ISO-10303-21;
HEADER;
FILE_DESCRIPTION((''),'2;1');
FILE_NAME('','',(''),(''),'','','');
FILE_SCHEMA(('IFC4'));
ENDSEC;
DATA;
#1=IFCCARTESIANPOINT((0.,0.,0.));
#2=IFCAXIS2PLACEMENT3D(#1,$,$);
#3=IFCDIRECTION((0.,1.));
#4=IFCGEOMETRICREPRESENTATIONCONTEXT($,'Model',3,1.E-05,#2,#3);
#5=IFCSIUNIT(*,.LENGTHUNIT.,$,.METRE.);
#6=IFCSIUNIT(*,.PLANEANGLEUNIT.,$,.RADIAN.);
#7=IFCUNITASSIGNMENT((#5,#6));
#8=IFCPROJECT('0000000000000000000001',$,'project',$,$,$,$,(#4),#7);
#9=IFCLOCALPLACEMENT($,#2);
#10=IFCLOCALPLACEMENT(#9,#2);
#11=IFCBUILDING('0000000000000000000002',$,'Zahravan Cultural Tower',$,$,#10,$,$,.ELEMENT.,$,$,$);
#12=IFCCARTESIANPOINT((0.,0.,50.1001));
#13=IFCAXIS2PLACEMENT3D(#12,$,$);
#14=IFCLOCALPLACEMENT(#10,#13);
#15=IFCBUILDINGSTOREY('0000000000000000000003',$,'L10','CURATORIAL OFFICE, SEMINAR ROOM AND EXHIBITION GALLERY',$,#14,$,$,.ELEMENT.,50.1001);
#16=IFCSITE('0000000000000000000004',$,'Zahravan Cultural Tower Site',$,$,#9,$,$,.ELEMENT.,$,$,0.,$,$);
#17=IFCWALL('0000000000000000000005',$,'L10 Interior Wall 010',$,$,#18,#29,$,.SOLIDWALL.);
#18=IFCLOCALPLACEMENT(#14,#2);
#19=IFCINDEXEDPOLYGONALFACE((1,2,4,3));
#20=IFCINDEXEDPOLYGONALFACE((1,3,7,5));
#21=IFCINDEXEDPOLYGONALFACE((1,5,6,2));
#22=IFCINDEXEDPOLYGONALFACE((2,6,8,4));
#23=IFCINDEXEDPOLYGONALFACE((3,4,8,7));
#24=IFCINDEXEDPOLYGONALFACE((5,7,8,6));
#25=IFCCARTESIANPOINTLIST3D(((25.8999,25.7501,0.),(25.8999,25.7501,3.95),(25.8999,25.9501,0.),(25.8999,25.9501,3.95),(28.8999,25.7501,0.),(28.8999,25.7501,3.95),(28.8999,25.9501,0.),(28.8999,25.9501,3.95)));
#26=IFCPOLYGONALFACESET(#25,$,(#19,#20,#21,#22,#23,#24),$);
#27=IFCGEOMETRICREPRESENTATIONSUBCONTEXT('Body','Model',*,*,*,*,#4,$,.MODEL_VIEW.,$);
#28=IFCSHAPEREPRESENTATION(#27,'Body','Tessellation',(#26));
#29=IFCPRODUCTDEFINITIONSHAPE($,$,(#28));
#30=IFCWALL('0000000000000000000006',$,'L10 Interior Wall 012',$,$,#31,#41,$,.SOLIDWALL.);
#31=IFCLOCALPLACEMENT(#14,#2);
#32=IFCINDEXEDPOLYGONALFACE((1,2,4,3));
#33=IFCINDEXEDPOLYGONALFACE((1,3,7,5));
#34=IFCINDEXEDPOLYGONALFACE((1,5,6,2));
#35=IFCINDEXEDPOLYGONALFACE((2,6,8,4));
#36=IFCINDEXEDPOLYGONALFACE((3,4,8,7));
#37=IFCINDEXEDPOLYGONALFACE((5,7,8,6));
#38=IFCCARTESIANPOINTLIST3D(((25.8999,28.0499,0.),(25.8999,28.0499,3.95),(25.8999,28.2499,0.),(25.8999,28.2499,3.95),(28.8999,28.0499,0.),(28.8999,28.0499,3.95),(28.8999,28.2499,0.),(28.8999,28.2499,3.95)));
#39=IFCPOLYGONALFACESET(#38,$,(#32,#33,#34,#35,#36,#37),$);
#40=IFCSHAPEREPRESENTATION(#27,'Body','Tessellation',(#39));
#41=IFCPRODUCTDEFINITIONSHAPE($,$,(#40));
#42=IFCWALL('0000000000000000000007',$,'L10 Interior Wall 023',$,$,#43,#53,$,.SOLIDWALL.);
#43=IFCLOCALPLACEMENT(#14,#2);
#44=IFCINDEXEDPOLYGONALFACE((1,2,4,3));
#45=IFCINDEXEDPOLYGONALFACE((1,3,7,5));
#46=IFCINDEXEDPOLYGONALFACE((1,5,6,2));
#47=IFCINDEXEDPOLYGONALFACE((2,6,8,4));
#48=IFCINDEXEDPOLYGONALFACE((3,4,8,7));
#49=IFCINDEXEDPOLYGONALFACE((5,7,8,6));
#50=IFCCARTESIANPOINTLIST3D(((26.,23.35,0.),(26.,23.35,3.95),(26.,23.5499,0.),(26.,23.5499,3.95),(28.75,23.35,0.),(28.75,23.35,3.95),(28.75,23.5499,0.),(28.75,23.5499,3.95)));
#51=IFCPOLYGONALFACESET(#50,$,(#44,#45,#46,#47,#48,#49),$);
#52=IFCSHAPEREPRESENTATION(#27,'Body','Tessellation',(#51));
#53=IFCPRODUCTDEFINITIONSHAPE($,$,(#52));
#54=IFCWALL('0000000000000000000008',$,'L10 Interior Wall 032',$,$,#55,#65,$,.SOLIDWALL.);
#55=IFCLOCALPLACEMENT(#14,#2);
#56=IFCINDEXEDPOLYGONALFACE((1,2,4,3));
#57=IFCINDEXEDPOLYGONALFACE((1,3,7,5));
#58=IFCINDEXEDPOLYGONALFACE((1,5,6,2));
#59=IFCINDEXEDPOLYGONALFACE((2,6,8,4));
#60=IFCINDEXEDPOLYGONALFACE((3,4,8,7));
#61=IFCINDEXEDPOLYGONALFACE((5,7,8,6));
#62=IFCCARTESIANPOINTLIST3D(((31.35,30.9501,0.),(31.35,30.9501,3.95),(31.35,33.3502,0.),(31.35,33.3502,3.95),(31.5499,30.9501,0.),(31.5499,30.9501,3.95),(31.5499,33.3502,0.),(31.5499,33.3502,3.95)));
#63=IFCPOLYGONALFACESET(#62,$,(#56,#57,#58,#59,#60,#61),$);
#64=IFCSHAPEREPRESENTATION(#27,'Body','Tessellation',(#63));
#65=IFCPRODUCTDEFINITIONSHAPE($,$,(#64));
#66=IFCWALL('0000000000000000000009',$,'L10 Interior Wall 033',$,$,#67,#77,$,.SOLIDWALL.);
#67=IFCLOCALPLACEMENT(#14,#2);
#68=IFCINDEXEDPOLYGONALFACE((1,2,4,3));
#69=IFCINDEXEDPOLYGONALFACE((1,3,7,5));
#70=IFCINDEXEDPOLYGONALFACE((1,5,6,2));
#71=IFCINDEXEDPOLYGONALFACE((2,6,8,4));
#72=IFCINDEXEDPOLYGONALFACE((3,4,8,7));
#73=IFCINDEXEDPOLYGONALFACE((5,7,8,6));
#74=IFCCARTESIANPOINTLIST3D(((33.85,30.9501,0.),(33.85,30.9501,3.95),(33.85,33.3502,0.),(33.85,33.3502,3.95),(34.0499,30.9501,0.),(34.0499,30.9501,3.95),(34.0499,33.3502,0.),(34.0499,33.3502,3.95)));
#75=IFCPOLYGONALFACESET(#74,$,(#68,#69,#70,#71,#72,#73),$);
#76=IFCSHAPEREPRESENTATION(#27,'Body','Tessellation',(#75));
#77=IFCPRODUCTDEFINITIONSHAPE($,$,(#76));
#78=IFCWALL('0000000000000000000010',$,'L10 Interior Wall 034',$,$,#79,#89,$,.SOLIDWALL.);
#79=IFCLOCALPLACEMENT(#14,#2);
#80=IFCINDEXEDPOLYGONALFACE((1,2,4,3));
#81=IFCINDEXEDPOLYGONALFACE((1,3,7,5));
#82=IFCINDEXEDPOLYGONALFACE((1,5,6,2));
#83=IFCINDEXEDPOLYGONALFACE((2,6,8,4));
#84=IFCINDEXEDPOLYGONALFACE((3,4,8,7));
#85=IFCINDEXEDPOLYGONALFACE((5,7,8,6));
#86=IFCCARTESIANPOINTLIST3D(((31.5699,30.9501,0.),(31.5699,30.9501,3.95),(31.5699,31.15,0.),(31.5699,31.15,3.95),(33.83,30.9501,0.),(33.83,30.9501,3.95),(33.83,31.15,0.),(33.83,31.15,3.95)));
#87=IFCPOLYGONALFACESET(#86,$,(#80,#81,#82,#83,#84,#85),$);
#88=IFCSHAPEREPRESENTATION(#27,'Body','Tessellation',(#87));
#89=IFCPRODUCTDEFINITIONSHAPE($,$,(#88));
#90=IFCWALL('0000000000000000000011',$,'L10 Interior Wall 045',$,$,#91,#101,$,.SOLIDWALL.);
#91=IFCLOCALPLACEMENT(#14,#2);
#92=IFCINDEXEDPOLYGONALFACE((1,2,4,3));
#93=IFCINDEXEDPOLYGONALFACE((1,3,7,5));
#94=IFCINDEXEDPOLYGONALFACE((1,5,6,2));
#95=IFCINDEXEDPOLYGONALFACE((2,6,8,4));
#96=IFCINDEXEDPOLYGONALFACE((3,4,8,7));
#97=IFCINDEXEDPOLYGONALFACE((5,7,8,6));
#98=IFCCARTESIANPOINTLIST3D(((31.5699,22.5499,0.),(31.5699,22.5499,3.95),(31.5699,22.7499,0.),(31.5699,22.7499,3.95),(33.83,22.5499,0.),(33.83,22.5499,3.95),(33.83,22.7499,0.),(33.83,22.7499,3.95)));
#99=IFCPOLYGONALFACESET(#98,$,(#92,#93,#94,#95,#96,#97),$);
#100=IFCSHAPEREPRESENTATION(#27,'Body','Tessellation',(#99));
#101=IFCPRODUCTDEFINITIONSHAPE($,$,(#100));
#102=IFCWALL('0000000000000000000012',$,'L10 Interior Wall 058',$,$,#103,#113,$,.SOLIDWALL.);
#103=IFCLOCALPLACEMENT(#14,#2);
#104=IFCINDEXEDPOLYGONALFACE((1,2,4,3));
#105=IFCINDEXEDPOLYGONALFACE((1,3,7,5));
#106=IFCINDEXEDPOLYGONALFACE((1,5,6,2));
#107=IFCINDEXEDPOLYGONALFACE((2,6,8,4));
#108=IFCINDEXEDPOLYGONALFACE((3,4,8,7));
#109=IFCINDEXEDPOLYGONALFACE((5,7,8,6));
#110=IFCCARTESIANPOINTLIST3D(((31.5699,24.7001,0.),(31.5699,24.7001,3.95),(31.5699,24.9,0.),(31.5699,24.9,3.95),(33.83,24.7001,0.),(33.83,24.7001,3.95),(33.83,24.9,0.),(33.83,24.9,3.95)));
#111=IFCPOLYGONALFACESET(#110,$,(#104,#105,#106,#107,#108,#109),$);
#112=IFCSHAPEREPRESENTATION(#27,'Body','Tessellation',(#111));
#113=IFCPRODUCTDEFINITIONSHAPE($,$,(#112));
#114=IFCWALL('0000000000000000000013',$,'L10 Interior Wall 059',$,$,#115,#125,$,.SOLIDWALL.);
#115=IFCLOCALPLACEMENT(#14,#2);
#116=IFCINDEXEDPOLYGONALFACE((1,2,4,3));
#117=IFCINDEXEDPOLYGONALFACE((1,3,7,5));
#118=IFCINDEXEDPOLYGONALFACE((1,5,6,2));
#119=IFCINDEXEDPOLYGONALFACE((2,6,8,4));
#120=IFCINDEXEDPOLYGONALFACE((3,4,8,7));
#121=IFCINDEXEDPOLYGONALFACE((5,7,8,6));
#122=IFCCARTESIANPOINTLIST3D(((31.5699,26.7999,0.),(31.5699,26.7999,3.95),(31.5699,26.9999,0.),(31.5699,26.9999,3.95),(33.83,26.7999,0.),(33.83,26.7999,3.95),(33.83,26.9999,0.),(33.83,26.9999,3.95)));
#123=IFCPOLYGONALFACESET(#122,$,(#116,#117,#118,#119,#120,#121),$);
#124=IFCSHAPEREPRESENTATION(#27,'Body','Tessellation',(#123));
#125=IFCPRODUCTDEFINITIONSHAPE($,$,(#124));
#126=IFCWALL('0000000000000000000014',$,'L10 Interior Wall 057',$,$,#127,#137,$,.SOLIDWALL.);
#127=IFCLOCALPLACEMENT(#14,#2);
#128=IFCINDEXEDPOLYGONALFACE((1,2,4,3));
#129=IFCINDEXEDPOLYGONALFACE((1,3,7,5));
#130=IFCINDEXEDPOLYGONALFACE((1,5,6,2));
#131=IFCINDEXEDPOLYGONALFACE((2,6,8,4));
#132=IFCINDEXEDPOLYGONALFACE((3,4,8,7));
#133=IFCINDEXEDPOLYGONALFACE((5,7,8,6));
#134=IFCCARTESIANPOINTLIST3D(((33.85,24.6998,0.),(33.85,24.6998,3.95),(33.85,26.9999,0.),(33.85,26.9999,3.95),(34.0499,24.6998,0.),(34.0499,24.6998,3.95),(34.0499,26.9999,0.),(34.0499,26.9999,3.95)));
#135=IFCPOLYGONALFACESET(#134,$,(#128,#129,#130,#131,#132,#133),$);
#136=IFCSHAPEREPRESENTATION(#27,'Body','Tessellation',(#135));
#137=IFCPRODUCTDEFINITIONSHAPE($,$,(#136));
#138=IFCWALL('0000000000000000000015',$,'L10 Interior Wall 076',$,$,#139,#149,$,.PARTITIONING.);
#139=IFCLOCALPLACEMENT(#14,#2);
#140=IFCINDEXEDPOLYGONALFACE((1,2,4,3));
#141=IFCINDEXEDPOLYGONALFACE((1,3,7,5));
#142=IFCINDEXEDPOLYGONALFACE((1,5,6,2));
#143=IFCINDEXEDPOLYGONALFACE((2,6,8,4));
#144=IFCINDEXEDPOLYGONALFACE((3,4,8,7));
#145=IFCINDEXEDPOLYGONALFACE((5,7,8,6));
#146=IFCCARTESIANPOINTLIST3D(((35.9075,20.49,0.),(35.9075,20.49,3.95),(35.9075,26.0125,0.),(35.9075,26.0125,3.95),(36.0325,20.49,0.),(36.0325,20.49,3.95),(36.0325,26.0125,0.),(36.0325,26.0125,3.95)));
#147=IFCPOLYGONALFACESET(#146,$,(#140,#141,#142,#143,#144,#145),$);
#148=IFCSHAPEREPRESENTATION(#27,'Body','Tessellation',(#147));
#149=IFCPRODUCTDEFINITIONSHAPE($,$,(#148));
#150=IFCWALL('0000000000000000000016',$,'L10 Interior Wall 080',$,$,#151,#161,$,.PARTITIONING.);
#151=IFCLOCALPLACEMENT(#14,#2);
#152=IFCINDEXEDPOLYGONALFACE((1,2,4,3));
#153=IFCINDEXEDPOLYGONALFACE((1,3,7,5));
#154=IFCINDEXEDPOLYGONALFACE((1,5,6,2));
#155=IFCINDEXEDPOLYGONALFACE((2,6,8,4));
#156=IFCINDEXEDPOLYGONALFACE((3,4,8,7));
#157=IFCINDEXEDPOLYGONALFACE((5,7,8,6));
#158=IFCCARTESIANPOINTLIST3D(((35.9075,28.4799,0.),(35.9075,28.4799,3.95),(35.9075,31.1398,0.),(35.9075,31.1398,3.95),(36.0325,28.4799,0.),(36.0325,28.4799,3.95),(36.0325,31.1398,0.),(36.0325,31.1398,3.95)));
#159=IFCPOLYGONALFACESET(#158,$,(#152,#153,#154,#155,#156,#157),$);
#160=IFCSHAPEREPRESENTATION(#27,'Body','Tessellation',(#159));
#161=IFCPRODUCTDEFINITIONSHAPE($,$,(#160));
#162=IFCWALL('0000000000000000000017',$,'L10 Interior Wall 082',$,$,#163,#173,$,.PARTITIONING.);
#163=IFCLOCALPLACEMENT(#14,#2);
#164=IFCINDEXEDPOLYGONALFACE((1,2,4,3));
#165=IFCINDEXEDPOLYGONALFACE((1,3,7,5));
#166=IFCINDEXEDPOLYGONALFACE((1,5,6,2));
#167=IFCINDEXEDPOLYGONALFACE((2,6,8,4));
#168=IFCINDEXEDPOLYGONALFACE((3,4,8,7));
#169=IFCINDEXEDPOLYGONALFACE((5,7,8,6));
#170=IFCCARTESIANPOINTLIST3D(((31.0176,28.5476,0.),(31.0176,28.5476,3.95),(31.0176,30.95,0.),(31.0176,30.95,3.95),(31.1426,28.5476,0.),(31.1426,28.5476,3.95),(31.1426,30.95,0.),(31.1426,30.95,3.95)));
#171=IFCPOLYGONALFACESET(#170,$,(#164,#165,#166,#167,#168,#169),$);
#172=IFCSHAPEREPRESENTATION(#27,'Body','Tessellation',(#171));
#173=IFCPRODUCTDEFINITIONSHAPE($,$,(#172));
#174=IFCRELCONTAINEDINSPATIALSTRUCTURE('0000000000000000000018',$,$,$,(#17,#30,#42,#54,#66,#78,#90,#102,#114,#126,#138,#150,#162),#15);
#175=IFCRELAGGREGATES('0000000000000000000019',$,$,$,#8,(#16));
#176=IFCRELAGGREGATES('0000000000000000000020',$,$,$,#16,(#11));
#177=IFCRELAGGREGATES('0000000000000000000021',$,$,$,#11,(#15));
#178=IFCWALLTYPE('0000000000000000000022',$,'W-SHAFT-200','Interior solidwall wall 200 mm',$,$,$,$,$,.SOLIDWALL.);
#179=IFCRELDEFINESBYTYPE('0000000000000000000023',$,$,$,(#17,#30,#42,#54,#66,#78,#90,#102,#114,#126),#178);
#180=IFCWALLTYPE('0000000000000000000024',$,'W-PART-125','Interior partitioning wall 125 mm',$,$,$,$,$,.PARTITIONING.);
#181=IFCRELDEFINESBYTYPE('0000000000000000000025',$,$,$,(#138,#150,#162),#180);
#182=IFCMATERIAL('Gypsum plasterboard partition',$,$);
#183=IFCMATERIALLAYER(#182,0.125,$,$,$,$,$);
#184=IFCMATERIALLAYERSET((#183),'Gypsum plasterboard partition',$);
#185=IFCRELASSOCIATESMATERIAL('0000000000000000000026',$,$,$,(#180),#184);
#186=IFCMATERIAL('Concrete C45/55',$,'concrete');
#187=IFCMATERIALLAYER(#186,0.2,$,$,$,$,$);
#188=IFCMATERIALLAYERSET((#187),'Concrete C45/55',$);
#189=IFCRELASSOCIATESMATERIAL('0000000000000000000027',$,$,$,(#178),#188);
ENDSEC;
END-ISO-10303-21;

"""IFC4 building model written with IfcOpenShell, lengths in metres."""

from ifc_helpers import new_model, si_unit, direction, frame, frame_2d, origin, place, context, subcontext, project, spatial, rectangle, extrude, source, transform, mapped, material, layer, layer_set, type_object, element, save


model = new_model("IFC4")

# Units and contexts
model_context = context("Model", 3, precision=1e-05, world=origin(), true_north=direction((0.0, 1.0)))
body_context = subcontext(model_context, "Body", "Model", "MODEL_VIEW")
ifc_project = project(units=[si_unit("LENGTHUNIT", "METRE"), si_unit("PLANEANGLEUNIT", "RADIAN")], contexts=[model_context])

# Site, building, storey
site_placement = place(None, origin())
site = spatial("IfcSite", under=ifc_project, at=site_placement, Name="Zahravan Cultural Tower Site", CompositionType="ELEMENT", RefElevation=0.0)
building_placement = place(site_placement, origin())
building = spatial("IfcBuilding", under=site, at=building_placement, Name="Zahravan Cultural Tower", CompositionType="ELEMENT")
storey_placement = place(building_placement, frame((0.0, 0.0, 50.1001)))
storey = spatial("IfcBuildingStorey", under=building, at=storey_placement, Name="L10", Description="CURATORIAL OFFICE, SEMINAR ROOM AND EXHIBITION GALLERY", CompositionType="ELEMENT", Elevation=50.1001)

# Shared definitions
ifc_material_1 = material(Name="Gypsum plasterboard partition")
ifc_layer_1 = layer(ifc_material_1, 0.125)
ifc_layer_set_1 = layer_set([ifc_layer_1], Name="Gypsum plasterboard partition")
wall_type_1 = type_object("IfcWallType", Name="W-PART-125", Description="Interior partitioning wall 125 mm", PredefinedType="PARTITIONING", material=ifc_layer_set_1)
ifc_material_2 = material(Name="Concrete C45/55", Category="concrete")
ifc_layer_2 = layer(ifc_material_2, 0.2)
ifc_layer_set_2 = layer_set([ifc_layer_2], Name="Concrete C45/55")
wall_type_2 = type_object("IfcWallType", Name="W-SHAFT-200", Description="Interior solidwall wall 200 mm", PredefinedType="SOLIDWALL", material=ifc_layer_set_2)

# Walls
shared_shape_1 = source(origin(), body_context, "Body", "SweptSolid", [
    extrude(rectangle(XDim=3.0, YDim=0.2, at=frame_2d((1.5, 0.0))), origin(), (0.0, 0.0, 1.0), 3.95),
])
for number, where, z_axis, x_axis, name in (
    (1, (25.8999, 25.8501, 0.0), (0.0, 0.0, 1.0), (1.0, 0.0, 0.0), "L10 Interior Wall 010"),
    (2, (25.8999, 28.1499, 0.0), (0.0, 0.0, 1.0), (1.0, 0.0, 0.0), "L10 Interior Wall 012"),
):
    element("IfcWall", number, at=place(storey_placement, frame(where, z_axis=z_axis, x_axis=x_axis)), inside=storey, type_object=wall_type_2, Name=name, PredefinedType="SOLIDWALL", context=body_context, shape_type="MappedRepresentation", body=[
        mapped(shared_shape_1, transform((0.0, 0.0, 0.0), x_axis=(1.0, 0.0, 0.0), y_axis=(0.0, 1.0, 0.0), z_axis=(0.0, 0.0, 1.0), scale=1.0)),
    ])
shared_shape_2 = source(origin(), body_context, "Body", "SweptSolid", [
    extrude(rectangle(XDim=2.75, YDim=0.2, at=frame_2d((1.375, 0.0))), origin(), (0.0, 0.0, 1.0), 3.95),
])
wall_1_placement = place(storey_placement, frame((26.0, 23.45, 0.0), z_axis=(0.0, 0.0, 1.0), x_axis=(1.0, 0.0, 0.0)))
element("IfcWall", 3, at=wall_1_placement, inside=storey, type_object=wall_type_2, Name="L10 Interior Wall 023", PredefinedType="SOLIDWALL", context=body_context, shape_type="MappedRepresentation", body=[
    mapped(shared_shape_2, transform((0.0, 0.0, 0.0), x_axis=(1.0, 0.0, 0.0), y_axis=(0.0, 1.0, 0.0), z_axis=(0.0, 0.0, 1.0), scale=1.0)),
])
shared_shape_3 = source(origin(), body_context, "Body", "SweptSolid", [
    extrude(rectangle(XDim=2.4001, YDim=0.2, at=frame_2d((1.2002, 0.0))), origin(), (0.0, 0.0, 1.0), 3.95),
])
for number, where, z_axis, x_axis, name in (
    (4, (31.45, 30.95, 0.0), (0.0, 0.0, 1.0), (0.0, 1.0, 0.0), "L10 Interior Wall 032"),
    (5, (33.95, 30.95, 0.0), (0.0, 0.0, 1.0), (0.0, 1.0, 0.0), "L10 Interior Wall 033"),
):
    element("IfcWall", number, at=place(storey_placement, frame(where, z_axis=z_axis, x_axis=x_axis)), inside=storey, type_object=wall_type_2, Name=name, PredefinedType="SOLIDWALL", context=body_context, shape_type="MappedRepresentation", body=[
        mapped(shared_shape_3, transform((0.0, 0.0, 0.0), x_axis=(1.0, 0.0, 0.0), y_axis=(0.0, 1.0, 0.0), z_axis=(0.0, 0.0, 1.0), scale=1.0)),
    ])
shared_shape_4 = source(origin(), body_context, "Body", "SweptSolid", [
    extrude(rectangle(XDim=2.26, YDim=0.2, at=frame_2d((1.1299, 0.0))), origin(), (0.0, 0.0, 1.0), 3.95),
])
for number, where, z_axis, x_axis, name in (
    (6, (31.5701, 31.05, 0.0), (0.0, 0.0, 1.0), (1.0, 0.0, 0.0), "L10 Interior Wall 034"),
    (7, (31.5701, 22.6499, 0.0), (0.0, 0.0, 1.0), (1.0, 0.0, 0.0), "L10 Interior Wall 045"),
    (8, (31.5701, 24.8, 0.0), (0.0, 0.0, 1.0), (1.0, 0.0, 0.0), "L10 Interior Wall 058"),
    (9, (31.5701, 26.8999, 0.0), (0.0, 0.0, 1.0), (1.0, 0.0, 0.0), "L10 Interior Wall 059"),
):
    element("IfcWall", number, at=place(storey_placement, frame(where, z_axis=z_axis, x_axis=x_axis)), inside=storey, type_object=wall_type_2, Name=name, PredefinedType="SOLIDWALL", context=body_context, shape_type="MappedRepresentation", body=[
        mapped(shared_shape_4, transform((0.0, 0.0, 0.0), x_axis=(1.0, 0.0, 0.0), y_axis=(0.0, 1.0, 0.0), z_axis=(0.0, 0.0, 1.0), scale=1.0)),
    ])
shared_shape_5 = source(origin(), body_context, "Body", "SweptSolid", [
    extrude(rectangle(XDim=2.3, YDim=0.2, at=frame_2d((1.1499, 0.0))), origin(), (0.0, 0.0, 1.0), 3.95),
])
wall_2_placement = place(storey_placement, frame((33.95, 24.7, 0.0), z_axis=(0.0, 0.0, 1.0), x_axis=(0.0, 1.0, 0.0)))
element("IfcWall", 10, at=wall_2_placement, inside=storey, type_object=wall_type_2, Name="L10 Interior Wall 057", PredefinedType="SOLIDWALL", context=body_context, shape_type="MappedRepresentation", body=[
    mapped(shared_shape_5, transform((0.0, 0.0, 0.0), x_axis=(1.0, 0.0, 0.0), y_axis=(0.0, 1.0, 0.0), z_axis=(0.0, 0.0, 1.0), scale=1.0)),
])
shared_shape_6 = source(origin(), body_context, "Body", "SweptSolid", [
    extrude(rectangle(XDim=5.5225, YDim=0.125, at=frame_2d((2.7612, 0.0))), origin(), (0.0, 0.0, 1.0), 3.95),
])
wall_3_placement = place(storey_placement, frame((35.97, 26.0125, 0.0), z_axis=(0.0, 0.0, 1.0), x_axis=(0.0, -1.0, 0.0)))
element("IfcWall", 11, at=wall_3_placement, inside=storey, type_object=wall_type_1, Name="L10 Interior Wall 076", PredefinedType="PARTITIONING", context=body_context, shape_type="MappedRepresentation", body=[
    mapped(shared_shape_6, transform((0.0, 0.0, 0.0), x_axis=(1.0, 0.0, 0.0), y_axis=(0.0, 1.0, 0.0), z_axis=(0.0, 0.0, 1.0), scale=1.0)),
])
shared_shape_7 = source(origin(), body_context, "Body", "SweptSolid", [
    extrude(rectangle(XDim=2.6599, YDim=0.125, at=frame_2d((1.3301, 0.0))), origin(), (0.0, 0.0, 1.0), 3.95),
])
wall_4_placement = place(storey_placement, frame((35.97, 31.1399, 0.0), z_axis=(0.0, 0.0, 1.0), x_axis=(0.0, -1.0, 0.0)))
element("IfcWall", 12, at=wall_4_placement, inside=storey, type_object=wall_type_1, Name="L10 Interior Wall 080", PredefinedType="PARTITIONING", context=body_context, shape_type="MappedRepresentation", body=[
    mapped(shared_shape_7, transform((0.0, 0.0, 0.0), x_axis=(1.0, 0.0, 0.0), y_axis=(0.0, 1.0, 0.0), z_axis=(0.0, 0.0, 1.0), scale=1.0)),
])
shared_shape_8 = source(origin(), body_context, "Body", "SweptSolid", [
    extrude(rectangle(XDim=2.4023, YDim=0.125, at=frame_2d((1.2012, 0.0))), origin(), (0.0, 0.0, 1.0), 3.95),
])
wall_5_placement = place(storey_placement, frame((31.0801, 28.5476, 0.0), z_axis=(0.0, 0.0, 1.0), x_axis=(0.0, 1.0, 0.0)))
element("IfcWall", 13, at=wall_5_placement, inside=storey, type_object=wall_type_1, Name="L10 Interior Wall 082", PredefinedType="PARTITIONING", context=body_context, shape_type="MappedRepresentation", body=[
    mapped(shared_shape_8, transform((0.0, 0.0, 0.0), x_axis=(1.0, 0.0, 0.0), y_axis=(0.0, 1.0, 0.0), z_axis=(0.0, 0.0, 1.0), scale=1.0)),
])

save(model, "model.ifc")
